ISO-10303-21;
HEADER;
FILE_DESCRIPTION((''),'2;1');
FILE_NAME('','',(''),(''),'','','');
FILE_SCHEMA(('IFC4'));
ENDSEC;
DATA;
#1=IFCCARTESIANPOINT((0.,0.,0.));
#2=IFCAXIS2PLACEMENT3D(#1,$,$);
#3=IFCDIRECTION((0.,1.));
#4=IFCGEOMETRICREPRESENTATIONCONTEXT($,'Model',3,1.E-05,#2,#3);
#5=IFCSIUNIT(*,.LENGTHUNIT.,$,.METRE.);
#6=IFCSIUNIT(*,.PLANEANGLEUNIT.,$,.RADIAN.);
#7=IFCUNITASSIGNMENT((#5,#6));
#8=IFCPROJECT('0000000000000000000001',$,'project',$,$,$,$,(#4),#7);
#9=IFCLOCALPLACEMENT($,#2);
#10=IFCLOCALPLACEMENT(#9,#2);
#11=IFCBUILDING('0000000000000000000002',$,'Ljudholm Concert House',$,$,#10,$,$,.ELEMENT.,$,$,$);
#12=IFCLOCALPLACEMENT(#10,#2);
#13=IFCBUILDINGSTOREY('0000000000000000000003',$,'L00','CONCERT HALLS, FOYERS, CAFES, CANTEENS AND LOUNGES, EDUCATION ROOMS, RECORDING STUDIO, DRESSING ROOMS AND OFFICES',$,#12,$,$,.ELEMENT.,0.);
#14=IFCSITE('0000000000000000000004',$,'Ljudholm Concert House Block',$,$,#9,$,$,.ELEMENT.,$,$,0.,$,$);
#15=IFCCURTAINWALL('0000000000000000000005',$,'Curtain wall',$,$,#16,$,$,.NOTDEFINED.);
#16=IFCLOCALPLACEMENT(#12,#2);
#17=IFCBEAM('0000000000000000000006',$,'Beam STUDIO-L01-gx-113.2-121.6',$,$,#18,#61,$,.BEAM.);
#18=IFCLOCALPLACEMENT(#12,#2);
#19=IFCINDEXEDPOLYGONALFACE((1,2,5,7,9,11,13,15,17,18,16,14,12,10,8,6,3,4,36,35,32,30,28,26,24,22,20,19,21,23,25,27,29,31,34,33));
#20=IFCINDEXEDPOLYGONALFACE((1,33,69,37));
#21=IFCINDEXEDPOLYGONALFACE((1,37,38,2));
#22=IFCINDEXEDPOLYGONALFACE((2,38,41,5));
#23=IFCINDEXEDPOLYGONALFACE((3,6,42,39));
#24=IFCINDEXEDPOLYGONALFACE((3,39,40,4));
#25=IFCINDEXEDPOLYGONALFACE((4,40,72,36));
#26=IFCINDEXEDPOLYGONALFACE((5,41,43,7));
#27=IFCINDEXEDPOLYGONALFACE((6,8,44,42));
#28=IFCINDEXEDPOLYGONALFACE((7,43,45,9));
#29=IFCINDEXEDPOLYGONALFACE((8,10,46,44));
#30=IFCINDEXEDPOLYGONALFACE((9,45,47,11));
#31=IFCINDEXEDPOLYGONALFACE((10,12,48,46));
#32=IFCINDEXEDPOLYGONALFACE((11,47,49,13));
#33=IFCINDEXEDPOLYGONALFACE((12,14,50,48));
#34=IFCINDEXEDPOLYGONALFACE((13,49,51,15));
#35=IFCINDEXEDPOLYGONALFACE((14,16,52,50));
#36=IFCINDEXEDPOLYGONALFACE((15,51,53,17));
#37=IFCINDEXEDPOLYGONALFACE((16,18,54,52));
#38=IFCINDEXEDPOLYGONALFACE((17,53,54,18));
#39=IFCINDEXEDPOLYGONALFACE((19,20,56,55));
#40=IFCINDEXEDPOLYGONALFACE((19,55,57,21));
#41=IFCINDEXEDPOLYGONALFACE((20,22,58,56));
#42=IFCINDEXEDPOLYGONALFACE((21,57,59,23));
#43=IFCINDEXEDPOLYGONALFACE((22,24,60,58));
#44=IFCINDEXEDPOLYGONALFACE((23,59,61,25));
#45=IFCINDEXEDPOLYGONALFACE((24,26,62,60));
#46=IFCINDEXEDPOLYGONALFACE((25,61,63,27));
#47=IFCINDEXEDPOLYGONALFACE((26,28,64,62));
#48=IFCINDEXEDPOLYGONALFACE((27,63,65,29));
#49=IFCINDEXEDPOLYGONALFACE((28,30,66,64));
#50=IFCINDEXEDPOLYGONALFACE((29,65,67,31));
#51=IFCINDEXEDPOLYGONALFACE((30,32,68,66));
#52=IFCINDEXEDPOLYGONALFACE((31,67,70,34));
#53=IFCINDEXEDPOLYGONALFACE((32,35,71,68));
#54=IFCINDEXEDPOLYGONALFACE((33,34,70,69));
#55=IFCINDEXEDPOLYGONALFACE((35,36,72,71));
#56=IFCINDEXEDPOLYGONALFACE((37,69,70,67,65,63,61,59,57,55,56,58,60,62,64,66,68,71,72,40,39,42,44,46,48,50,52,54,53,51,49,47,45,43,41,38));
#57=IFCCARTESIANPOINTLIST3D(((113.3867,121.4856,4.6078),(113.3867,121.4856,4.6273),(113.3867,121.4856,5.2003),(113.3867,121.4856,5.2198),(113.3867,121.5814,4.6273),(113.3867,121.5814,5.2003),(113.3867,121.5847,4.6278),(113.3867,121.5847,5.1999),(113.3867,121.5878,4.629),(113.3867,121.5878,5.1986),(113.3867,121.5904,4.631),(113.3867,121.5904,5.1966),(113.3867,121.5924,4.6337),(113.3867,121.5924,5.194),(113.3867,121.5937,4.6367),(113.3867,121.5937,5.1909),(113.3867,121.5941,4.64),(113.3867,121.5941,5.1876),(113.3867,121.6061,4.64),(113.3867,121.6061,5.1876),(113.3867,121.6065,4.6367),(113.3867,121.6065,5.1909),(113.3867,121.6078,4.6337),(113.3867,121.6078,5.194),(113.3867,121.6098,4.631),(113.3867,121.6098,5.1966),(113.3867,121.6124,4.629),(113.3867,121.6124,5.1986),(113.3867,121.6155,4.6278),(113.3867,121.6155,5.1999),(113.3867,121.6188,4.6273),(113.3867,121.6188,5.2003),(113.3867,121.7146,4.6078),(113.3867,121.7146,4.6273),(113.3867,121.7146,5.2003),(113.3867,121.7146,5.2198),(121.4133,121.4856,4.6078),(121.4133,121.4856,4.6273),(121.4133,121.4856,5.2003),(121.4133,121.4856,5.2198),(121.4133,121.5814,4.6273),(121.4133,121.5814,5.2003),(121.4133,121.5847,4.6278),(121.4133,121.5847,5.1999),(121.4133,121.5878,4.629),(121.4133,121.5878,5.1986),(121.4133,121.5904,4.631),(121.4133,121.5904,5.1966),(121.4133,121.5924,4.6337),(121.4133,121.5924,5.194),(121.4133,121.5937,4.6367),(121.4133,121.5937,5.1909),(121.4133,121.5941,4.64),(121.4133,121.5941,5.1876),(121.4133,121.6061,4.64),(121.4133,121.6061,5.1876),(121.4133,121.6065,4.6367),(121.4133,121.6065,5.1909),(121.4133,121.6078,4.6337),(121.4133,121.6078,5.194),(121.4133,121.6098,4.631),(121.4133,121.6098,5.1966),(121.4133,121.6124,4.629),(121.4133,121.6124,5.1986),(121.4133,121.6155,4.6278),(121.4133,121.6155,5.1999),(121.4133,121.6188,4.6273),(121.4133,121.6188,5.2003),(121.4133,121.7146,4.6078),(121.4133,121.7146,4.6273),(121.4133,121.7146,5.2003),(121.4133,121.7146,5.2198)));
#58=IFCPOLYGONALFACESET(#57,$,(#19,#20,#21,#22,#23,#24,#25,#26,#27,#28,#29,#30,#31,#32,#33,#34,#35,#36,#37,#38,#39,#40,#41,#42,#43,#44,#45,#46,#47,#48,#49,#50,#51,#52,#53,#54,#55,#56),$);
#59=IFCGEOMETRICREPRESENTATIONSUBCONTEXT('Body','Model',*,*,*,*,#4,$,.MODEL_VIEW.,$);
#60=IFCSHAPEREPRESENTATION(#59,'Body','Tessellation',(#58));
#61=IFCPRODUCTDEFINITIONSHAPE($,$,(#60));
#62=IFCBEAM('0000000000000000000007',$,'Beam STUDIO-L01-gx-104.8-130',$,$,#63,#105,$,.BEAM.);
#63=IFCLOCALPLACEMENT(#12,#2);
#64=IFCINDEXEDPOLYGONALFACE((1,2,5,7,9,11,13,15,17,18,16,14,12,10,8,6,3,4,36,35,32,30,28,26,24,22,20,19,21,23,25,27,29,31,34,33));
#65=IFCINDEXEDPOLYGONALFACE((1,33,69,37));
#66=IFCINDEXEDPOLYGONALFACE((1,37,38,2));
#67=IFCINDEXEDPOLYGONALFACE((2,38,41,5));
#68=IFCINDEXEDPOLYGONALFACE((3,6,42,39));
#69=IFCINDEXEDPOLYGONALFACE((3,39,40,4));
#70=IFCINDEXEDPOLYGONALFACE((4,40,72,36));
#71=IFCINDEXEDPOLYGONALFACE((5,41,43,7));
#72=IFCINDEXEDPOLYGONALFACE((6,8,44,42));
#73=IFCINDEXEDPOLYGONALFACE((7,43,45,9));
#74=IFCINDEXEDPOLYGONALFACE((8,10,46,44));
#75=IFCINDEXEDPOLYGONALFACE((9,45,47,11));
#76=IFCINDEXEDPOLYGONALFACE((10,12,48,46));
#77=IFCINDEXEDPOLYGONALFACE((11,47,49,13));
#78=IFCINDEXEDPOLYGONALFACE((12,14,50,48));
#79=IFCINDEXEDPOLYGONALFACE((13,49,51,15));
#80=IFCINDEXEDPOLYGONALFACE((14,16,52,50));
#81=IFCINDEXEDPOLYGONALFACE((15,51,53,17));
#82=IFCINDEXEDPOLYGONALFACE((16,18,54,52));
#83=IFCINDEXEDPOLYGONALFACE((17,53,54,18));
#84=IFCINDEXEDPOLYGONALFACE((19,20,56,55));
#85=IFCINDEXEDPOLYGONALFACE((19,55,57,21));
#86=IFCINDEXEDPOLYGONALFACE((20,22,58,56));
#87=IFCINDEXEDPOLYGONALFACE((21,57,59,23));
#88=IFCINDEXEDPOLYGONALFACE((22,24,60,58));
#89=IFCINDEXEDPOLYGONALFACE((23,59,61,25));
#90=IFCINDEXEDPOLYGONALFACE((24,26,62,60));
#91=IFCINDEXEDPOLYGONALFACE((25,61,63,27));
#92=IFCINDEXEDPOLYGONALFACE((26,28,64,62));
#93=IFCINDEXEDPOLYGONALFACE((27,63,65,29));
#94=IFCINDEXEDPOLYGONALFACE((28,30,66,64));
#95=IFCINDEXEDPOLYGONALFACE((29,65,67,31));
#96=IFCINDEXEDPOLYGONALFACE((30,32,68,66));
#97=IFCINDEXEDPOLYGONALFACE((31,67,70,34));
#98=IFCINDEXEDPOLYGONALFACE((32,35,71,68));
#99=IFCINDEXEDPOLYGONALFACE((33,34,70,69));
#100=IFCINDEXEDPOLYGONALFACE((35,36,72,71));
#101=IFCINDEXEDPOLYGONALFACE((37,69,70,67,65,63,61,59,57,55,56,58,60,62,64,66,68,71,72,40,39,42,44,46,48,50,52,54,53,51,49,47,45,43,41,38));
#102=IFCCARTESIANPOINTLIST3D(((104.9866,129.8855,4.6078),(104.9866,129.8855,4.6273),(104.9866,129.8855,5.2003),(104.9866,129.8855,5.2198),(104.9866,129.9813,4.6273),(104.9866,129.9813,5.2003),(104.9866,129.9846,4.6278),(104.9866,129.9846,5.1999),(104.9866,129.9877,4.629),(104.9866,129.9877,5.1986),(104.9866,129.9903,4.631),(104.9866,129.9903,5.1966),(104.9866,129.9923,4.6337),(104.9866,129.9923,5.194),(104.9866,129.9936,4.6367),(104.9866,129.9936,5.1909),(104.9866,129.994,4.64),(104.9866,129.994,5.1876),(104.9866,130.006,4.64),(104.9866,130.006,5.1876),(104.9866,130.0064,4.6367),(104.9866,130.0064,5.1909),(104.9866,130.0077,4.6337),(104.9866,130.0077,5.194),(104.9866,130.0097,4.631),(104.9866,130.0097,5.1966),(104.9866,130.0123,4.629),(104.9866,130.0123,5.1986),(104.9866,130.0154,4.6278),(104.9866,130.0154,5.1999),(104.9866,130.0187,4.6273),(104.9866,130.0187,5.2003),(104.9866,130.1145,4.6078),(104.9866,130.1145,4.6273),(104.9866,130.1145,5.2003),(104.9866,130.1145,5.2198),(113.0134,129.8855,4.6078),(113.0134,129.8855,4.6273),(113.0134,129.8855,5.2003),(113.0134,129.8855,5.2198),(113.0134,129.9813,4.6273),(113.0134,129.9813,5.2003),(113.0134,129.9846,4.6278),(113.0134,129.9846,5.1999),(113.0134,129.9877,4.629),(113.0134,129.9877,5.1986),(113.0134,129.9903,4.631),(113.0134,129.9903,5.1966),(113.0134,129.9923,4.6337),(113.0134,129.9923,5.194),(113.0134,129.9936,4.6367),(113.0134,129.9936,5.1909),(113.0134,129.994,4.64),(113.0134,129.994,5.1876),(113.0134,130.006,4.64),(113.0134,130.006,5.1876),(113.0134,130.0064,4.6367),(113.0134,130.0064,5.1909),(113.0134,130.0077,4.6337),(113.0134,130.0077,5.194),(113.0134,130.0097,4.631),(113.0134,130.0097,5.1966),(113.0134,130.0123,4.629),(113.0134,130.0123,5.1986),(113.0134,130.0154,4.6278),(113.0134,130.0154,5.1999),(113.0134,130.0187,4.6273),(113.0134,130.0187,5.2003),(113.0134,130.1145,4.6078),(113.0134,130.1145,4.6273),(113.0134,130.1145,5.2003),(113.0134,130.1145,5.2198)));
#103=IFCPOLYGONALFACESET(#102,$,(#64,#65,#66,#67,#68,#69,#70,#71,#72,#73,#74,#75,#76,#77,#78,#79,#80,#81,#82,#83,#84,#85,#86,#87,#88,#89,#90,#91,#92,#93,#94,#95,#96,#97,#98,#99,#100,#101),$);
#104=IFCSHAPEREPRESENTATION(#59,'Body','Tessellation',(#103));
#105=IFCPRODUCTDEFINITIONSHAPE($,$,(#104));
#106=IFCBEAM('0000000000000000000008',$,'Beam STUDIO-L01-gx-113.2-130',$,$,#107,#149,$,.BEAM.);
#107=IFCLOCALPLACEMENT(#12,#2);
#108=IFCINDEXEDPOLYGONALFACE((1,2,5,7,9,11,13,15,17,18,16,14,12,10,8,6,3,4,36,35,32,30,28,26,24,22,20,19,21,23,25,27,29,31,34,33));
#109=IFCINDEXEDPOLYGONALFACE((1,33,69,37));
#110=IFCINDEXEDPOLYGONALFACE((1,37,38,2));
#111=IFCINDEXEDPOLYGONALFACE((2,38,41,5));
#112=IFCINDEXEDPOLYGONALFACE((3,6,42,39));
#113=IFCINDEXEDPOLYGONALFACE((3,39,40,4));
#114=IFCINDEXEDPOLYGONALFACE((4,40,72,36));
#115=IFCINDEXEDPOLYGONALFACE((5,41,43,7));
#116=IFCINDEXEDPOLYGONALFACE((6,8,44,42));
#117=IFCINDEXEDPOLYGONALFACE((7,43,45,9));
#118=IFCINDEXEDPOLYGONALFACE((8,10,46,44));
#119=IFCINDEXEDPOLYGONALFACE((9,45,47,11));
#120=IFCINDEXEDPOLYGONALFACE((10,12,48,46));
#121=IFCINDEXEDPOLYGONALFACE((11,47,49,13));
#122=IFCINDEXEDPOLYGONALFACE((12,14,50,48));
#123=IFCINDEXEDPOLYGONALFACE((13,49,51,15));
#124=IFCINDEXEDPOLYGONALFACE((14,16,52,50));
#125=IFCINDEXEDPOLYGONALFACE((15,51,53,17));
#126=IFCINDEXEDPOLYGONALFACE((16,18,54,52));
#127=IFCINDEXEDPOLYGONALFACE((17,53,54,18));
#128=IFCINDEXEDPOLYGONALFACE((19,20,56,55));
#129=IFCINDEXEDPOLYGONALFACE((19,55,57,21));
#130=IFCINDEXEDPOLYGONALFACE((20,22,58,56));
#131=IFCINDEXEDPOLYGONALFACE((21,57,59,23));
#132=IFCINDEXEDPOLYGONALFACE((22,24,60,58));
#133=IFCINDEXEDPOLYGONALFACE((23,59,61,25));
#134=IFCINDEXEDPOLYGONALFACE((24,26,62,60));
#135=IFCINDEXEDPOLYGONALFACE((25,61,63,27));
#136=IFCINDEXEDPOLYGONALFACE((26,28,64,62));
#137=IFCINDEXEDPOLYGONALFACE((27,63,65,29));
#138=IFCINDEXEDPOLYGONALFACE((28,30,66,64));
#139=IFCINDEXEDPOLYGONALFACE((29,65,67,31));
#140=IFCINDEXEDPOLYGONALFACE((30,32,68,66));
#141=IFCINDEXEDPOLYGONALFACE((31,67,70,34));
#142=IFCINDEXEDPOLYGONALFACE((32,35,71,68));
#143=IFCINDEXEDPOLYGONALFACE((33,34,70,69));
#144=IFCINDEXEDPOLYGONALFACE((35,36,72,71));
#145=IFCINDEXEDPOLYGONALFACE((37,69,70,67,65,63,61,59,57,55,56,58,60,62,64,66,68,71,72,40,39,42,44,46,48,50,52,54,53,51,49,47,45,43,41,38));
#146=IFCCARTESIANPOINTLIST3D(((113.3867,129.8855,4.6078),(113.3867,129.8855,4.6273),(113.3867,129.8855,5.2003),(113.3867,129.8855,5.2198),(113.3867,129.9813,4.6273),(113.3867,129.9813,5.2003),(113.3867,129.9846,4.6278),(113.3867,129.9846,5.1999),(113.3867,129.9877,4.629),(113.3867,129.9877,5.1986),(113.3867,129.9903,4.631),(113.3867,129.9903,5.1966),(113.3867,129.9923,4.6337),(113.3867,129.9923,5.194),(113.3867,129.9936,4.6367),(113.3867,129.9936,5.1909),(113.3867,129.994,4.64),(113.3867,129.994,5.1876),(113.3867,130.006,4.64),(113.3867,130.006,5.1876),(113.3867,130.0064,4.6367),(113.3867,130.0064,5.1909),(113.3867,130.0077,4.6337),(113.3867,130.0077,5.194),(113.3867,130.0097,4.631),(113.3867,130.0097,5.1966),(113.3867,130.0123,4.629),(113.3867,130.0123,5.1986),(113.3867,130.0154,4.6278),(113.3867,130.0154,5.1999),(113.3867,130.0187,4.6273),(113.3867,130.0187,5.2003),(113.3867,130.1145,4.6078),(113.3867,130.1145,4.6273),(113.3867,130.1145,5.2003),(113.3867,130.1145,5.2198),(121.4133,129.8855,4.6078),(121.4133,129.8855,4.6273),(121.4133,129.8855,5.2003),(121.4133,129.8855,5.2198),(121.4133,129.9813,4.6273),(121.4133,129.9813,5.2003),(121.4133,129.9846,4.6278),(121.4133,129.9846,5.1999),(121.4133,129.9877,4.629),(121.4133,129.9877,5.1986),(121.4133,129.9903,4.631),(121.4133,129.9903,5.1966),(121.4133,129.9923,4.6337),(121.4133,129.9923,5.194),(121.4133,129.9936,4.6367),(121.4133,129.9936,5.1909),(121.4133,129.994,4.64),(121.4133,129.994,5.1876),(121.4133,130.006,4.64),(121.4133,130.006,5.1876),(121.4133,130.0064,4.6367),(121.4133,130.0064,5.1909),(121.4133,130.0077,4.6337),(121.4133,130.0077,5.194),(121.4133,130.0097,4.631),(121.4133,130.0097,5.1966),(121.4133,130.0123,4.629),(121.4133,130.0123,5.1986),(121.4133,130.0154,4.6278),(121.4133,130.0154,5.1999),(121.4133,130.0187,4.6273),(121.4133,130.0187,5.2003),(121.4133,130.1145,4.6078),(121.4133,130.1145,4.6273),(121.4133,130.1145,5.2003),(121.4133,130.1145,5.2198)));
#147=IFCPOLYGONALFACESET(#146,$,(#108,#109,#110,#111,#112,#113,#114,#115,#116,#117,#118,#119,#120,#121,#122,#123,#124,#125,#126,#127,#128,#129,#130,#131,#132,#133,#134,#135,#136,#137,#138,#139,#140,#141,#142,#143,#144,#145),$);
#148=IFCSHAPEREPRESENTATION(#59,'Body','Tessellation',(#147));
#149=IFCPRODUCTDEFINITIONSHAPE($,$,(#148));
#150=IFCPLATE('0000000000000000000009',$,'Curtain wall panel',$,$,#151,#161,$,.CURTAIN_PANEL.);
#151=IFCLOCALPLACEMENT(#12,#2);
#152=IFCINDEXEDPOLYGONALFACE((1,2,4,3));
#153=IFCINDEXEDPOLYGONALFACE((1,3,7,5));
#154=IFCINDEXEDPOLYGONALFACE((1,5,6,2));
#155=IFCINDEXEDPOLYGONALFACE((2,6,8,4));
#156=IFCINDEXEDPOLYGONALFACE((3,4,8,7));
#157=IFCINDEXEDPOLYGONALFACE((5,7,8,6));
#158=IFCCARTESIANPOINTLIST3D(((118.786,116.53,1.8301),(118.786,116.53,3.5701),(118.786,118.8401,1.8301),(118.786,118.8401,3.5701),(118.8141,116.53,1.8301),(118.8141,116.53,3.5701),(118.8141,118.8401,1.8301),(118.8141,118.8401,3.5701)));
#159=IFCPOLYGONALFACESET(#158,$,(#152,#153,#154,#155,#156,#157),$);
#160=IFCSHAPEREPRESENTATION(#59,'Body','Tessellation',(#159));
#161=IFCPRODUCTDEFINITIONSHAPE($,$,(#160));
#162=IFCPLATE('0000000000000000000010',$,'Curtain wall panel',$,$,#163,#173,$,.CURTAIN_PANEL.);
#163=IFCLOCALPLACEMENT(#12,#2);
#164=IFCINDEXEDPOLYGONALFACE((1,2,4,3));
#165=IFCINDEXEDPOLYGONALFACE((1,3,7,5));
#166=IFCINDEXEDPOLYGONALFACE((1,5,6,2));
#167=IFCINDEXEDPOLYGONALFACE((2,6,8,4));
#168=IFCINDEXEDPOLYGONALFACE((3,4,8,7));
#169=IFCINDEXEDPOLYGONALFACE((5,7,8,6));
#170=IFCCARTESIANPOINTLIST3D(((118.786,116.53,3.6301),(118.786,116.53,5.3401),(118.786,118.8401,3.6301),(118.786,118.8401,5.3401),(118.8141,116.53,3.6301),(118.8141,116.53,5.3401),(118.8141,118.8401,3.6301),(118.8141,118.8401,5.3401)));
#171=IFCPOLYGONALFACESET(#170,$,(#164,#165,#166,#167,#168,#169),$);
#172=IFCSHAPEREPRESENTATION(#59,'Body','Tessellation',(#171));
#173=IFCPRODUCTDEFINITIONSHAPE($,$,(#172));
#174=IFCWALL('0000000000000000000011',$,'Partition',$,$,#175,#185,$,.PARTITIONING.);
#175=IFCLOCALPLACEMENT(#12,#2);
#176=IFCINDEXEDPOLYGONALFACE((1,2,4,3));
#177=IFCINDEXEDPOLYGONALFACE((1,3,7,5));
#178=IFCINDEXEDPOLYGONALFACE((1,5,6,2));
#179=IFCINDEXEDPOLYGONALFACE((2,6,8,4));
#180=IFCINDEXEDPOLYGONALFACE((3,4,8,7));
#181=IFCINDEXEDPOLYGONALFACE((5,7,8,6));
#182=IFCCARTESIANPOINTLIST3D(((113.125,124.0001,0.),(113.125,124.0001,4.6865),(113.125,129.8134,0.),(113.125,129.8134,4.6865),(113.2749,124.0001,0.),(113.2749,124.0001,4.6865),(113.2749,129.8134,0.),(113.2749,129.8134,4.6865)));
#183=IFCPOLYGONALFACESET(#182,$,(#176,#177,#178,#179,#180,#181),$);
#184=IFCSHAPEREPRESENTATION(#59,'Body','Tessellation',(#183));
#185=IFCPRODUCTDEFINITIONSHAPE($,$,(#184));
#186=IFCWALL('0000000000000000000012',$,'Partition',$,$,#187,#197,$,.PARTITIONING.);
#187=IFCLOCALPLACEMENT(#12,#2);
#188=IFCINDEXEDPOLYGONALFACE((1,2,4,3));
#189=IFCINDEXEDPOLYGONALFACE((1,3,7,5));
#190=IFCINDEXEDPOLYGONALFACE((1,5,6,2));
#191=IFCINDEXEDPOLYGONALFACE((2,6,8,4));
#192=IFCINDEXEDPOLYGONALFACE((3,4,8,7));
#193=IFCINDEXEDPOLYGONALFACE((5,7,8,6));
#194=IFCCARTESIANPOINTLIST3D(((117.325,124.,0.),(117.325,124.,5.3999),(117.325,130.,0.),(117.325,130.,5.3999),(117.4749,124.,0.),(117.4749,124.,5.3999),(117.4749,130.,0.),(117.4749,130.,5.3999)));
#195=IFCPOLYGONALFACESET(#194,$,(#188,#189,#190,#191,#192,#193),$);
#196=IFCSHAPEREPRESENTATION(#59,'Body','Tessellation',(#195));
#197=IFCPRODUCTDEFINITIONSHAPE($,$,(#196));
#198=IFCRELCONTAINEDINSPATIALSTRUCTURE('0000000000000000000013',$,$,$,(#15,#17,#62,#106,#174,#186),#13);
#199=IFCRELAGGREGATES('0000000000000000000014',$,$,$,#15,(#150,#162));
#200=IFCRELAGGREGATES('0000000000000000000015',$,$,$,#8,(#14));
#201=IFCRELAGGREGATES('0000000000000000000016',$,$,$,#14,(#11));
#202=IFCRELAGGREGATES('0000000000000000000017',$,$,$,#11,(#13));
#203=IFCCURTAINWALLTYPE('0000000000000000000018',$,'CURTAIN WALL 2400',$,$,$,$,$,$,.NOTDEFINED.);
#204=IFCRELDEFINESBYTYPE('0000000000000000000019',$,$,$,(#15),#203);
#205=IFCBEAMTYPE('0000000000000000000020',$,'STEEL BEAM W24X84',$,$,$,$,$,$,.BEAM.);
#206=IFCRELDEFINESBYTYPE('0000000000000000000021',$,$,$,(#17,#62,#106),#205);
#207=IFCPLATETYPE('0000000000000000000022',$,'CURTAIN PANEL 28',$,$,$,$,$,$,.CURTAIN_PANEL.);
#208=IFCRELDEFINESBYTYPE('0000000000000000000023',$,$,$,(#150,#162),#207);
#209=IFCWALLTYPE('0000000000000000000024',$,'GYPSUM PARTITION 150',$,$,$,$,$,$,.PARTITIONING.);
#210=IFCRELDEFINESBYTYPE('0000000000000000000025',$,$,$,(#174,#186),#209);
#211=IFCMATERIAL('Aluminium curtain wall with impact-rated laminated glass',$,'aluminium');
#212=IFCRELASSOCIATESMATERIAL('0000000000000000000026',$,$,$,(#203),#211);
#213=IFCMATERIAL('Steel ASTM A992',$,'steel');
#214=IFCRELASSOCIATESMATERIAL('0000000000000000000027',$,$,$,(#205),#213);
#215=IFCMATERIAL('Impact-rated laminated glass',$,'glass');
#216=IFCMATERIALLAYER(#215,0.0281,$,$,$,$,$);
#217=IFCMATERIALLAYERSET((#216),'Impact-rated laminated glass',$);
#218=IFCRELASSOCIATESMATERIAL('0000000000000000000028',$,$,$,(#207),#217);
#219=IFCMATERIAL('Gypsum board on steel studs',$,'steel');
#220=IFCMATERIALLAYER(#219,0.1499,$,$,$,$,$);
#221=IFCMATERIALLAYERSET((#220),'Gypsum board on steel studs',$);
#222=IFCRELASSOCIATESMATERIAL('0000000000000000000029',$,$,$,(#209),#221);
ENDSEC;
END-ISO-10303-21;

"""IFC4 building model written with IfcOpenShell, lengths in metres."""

from ifc_helpers import new_model, si_unit, direction, frame, frame_2d, origin, origin_2d, place, context, subcontext, project, spatial, rectangle, i_section, extrude, material, layer, layer_set, material_profile, profile_set, type_object, element, aggregate, save


model = new_model("IFC4")

# Units and contexts
model_context = context("Model", 3, precision=1e-05, world=origin(), true_north=direction((0.0, 1.0)))
body_context = subcontext(model_context, "Body", "Model", "MODEL_VIEW")
ifc_project = project(units=[si_unit("LENGTHUNIT", "METRE"), si_unit("PLANEANGLEUNIT", "RADIAN")], contexts=[model_context])

# Site, building, storey
site_placement = place(None, origin())
site = spatial("IfcSite", under=ifc_project, at=site_placement, Name="Ljudholm Concert House Block", CompositionType="ELEMENT", RefElevation=0.0)
building_placement = place(site_placement, origin())
building = spatial("IfcBuilding", under=site, at=building_placement, Name="Ljudholm Concert House", CompositionType="ELEMENT")
storey_placement = place(building_placement, origin())
storey = spatial("IfcBuildingStorey", under=building, at=storey_placement, Name="L00", Description="CONCERT HALLS, FOYERS, CAFES, CANTEENS AND LOUNGES, EDUCATION ROOMS, RECORDING STUDIO, DRESSING ROOMS AND OFFICES", CompositionType="ELEMENT", Elevation=0.0)

# Curtain wall
ifc_material_1 = material(Name="Aluminium curtain wall with impact-rated laminated glass", Category="aluminium")
curtain_wall_type = type_object("IfcCurtainWallType", Name="CURTAIN WALL 2400", PredefinedType="NOTDEFINED", material=ifc_material_1)
curtain_wall_placement = place(storey_placement, origin())
curtain_wall = element("IfcCurtainWall", 1, at=curtain_wall_placement, inside=storey, type_object=curtain_wall_type, Name="Curtain wall", PredefinedType="NOTDEFINED")

# Beams
ifc_material_2 = material(Name="Steel ASTM A992", Category="steel")
ifc_material_profile_1 = material_profile(ifc_material_2, i_section(OverallWidth=0.229, OverallDepth=0.6121, WebThickness=0.012, FlangeThickness=0.0195, FilletRadius=0.0127, at=origin_2d()), Name="W24X84")
ifc_profile_set_1 = profile_set([ifc_material_profile_1], Name="Steel ASTM A992")
beam_type_1 = type_object("IfcBeamType", Name="STEEL BEAM W24X84", PredefinedType="BEAM", material=ifc_profile_set_1)
beam_1_placement = place(storey_placement, frame((113.3867, 121.6001, 4.9138), z_axis=(1.0, 0.0, 0.0), x_axis=(0.0, 1.0, 0.0)))
element("IfcBeam", 2, at=beam_1_placement, inside=storey, type_object=beam_type_1, Name="Beam STUDIO-L01-gx-113.2-121.6", PredefinedType="BEAM", context=body_context, shape_type="SweptSolid", body=[
    extrude(i_section(OverallWidth=0.229, OverallDepth=0.6121, WebThickness=0.012, FlangeThickness=0.0195, FilletRadius=0.0127, at=origin_2d()), origin(), (0.0, 0.0, 1.0), 8.0266),
])
beam_2_placement = place(storey_placement, frame((104.9866, 130.0, 4.9138), z_axis=(1.0, 0.0, 0.0), x_axis=(0.0, 1.0, 0.0)))
element("IfcBeam", 3, at=beam_2_placement, inside=storey, type_object=beam_type_1, Name="Beam STUDIO-L01-gx-104.8-130", PredefinedType="BEAM", context=body_context, shape_type="SweptSolid", body=[
    extrude(i_section(OverallWidth=0.229, OverallDepth=0.6121, WebThickness=0.012, FlangeThickness=0.0195, FilletRadius=0.0127, at=origin_2d()), origin(), (0.0, 0.0, 1.0), 8.0269),
])
beam_3_placement = place(storey_placement, frame((113.3867, 130.0, 4.9138), z_axis=(1.0, 0.0, 0.0), x_axis=(0.0, 1.0, 0.0)))
element("IfcBeam", 4, at=beam_3_placement, inside=storey, type_object=beam_type_1, Name="Beam STUDIO-L01-gx-113.2-130", PredefinedType="BEAM", context=body_context, shape_type="SweptSolid", body=[
    extrude(i_section(OverallWidth=0.229, OverallDepth=0.6121, WebThickness=0.012, FlangeThickness=0.0195, FilletRadius=0.0127, at=origin_2d()), origin(), (0.0, 0.0, 1.0), 8.0266),
])

# Plates
ifc_material_3 = material(Name="Impact-rated laminated glass", Category="glass")
ifc_layer_1 = layer(ifc_material_3, 0.0281)
ifc_layer_set_1 = layer_set([ifc_layer_1], Name="Impact-rated laminated glass")
plate_type = type_object("IfcPlateType", Name="CURTAIN PANEL 28", PredefinedType="CURTAIN_PANEL", material=ifc_layer_set_1)
plate_1_placement = place(storey_placement, frame((118.8, 117.6851, 1.8301), z_axis=(0.0, 0.0, 1.0), x_axis=(0.0, 1.0, 0.0)))
plate_1 = element("IfcPlate", 5, at=plate_1_placement, type_object=plate_type, Name="Curtain wall panel", PredefinedType="CURTAIN_PANEL", context=body_context, shape_type="SweptSolid", body=[
    extrude(rectangle(XDim=2.3101, YDim=0.0281, at=origin_2d()), origin(), (0.0, 0.0, 1.0), 1.74),
])
plate_2_placement = place(storey_placement, frame((118.8, 117.6851, 3.6301), z_axis=(0.0, 0.0, 1.0), x_axis=(0.0, 1.0, 0.0)))
plate_2 = element("IfcPlate", 6, at=plate_2_placement, type_object=plate_type, Name="Curtain wall panel", PredefinedType="CURTAIN_PANEL", context=body_context, shape_type="SweptSolid", body=[
    extrude(rectangle(XDim=2.3101, YDim=0.0281, at=origin_2d()), origin(), (0.0, 0.0, 1.0), 1.71),
])
aggregate(curtain_wall, [plate_1, plate_2])

# Walls
ifc_material_4 = material(Name="Gypsum board on steel studs", Category="steel")
ifc_layer_2 = layer(ifc_material_4, 0.1499)
ifc_layer_set_2 = layer_set([ifc_layer_2], Name="Gypsum board on steel studs")
wall_type_1 = type_object("IfcWallType", Name="GYPSUM PARTITION 150", PredefinedType="PARTITIONING", material=ifc_layer_set_2)
wall_1_placement = place(storey_placement, frame((113.2, 124.0, 0.0), z_axis=(0.0, 0.0, 1.0), x_axis=(0.0, 1.0, 0.0)))
element("IfcWall", 7, at=wall_1_placement, inside=storey, type_object=wall_type_1, Name="Partition", PredefinedType="PARTITIONING", context=body_context, shape_type="SweptSolid", body=[
    extrude(rectangle(XDim=5.8132, YDim=0.1499, at=frame_2d((2.9067, 0.0))), origin(), (0.0, 0.0, 1.0), 4.6865),
])
wall_2_placement = place(storey_placement, frame((117.3999, 124.0, 0.0), z_axis=(0.0, 0.0, 1.0), x_axis=(0.0, 1.0, 0.0)))
element("IfcWall", 8, at=wall_2_placement, inside=storey, type_object=wall_type_1, Name="Partition", PredefinedType="PARTITIONING", context=body_context, shape_type="SweptSolid", body=[
    extrude(rectangle(XDim=6.0, YDim=0.1499, at=frame_2d((3.0, 0.0))), origin(), (0.0, 0.0, 1.0), 5.3999),
])

save(model, "model.ifc")
